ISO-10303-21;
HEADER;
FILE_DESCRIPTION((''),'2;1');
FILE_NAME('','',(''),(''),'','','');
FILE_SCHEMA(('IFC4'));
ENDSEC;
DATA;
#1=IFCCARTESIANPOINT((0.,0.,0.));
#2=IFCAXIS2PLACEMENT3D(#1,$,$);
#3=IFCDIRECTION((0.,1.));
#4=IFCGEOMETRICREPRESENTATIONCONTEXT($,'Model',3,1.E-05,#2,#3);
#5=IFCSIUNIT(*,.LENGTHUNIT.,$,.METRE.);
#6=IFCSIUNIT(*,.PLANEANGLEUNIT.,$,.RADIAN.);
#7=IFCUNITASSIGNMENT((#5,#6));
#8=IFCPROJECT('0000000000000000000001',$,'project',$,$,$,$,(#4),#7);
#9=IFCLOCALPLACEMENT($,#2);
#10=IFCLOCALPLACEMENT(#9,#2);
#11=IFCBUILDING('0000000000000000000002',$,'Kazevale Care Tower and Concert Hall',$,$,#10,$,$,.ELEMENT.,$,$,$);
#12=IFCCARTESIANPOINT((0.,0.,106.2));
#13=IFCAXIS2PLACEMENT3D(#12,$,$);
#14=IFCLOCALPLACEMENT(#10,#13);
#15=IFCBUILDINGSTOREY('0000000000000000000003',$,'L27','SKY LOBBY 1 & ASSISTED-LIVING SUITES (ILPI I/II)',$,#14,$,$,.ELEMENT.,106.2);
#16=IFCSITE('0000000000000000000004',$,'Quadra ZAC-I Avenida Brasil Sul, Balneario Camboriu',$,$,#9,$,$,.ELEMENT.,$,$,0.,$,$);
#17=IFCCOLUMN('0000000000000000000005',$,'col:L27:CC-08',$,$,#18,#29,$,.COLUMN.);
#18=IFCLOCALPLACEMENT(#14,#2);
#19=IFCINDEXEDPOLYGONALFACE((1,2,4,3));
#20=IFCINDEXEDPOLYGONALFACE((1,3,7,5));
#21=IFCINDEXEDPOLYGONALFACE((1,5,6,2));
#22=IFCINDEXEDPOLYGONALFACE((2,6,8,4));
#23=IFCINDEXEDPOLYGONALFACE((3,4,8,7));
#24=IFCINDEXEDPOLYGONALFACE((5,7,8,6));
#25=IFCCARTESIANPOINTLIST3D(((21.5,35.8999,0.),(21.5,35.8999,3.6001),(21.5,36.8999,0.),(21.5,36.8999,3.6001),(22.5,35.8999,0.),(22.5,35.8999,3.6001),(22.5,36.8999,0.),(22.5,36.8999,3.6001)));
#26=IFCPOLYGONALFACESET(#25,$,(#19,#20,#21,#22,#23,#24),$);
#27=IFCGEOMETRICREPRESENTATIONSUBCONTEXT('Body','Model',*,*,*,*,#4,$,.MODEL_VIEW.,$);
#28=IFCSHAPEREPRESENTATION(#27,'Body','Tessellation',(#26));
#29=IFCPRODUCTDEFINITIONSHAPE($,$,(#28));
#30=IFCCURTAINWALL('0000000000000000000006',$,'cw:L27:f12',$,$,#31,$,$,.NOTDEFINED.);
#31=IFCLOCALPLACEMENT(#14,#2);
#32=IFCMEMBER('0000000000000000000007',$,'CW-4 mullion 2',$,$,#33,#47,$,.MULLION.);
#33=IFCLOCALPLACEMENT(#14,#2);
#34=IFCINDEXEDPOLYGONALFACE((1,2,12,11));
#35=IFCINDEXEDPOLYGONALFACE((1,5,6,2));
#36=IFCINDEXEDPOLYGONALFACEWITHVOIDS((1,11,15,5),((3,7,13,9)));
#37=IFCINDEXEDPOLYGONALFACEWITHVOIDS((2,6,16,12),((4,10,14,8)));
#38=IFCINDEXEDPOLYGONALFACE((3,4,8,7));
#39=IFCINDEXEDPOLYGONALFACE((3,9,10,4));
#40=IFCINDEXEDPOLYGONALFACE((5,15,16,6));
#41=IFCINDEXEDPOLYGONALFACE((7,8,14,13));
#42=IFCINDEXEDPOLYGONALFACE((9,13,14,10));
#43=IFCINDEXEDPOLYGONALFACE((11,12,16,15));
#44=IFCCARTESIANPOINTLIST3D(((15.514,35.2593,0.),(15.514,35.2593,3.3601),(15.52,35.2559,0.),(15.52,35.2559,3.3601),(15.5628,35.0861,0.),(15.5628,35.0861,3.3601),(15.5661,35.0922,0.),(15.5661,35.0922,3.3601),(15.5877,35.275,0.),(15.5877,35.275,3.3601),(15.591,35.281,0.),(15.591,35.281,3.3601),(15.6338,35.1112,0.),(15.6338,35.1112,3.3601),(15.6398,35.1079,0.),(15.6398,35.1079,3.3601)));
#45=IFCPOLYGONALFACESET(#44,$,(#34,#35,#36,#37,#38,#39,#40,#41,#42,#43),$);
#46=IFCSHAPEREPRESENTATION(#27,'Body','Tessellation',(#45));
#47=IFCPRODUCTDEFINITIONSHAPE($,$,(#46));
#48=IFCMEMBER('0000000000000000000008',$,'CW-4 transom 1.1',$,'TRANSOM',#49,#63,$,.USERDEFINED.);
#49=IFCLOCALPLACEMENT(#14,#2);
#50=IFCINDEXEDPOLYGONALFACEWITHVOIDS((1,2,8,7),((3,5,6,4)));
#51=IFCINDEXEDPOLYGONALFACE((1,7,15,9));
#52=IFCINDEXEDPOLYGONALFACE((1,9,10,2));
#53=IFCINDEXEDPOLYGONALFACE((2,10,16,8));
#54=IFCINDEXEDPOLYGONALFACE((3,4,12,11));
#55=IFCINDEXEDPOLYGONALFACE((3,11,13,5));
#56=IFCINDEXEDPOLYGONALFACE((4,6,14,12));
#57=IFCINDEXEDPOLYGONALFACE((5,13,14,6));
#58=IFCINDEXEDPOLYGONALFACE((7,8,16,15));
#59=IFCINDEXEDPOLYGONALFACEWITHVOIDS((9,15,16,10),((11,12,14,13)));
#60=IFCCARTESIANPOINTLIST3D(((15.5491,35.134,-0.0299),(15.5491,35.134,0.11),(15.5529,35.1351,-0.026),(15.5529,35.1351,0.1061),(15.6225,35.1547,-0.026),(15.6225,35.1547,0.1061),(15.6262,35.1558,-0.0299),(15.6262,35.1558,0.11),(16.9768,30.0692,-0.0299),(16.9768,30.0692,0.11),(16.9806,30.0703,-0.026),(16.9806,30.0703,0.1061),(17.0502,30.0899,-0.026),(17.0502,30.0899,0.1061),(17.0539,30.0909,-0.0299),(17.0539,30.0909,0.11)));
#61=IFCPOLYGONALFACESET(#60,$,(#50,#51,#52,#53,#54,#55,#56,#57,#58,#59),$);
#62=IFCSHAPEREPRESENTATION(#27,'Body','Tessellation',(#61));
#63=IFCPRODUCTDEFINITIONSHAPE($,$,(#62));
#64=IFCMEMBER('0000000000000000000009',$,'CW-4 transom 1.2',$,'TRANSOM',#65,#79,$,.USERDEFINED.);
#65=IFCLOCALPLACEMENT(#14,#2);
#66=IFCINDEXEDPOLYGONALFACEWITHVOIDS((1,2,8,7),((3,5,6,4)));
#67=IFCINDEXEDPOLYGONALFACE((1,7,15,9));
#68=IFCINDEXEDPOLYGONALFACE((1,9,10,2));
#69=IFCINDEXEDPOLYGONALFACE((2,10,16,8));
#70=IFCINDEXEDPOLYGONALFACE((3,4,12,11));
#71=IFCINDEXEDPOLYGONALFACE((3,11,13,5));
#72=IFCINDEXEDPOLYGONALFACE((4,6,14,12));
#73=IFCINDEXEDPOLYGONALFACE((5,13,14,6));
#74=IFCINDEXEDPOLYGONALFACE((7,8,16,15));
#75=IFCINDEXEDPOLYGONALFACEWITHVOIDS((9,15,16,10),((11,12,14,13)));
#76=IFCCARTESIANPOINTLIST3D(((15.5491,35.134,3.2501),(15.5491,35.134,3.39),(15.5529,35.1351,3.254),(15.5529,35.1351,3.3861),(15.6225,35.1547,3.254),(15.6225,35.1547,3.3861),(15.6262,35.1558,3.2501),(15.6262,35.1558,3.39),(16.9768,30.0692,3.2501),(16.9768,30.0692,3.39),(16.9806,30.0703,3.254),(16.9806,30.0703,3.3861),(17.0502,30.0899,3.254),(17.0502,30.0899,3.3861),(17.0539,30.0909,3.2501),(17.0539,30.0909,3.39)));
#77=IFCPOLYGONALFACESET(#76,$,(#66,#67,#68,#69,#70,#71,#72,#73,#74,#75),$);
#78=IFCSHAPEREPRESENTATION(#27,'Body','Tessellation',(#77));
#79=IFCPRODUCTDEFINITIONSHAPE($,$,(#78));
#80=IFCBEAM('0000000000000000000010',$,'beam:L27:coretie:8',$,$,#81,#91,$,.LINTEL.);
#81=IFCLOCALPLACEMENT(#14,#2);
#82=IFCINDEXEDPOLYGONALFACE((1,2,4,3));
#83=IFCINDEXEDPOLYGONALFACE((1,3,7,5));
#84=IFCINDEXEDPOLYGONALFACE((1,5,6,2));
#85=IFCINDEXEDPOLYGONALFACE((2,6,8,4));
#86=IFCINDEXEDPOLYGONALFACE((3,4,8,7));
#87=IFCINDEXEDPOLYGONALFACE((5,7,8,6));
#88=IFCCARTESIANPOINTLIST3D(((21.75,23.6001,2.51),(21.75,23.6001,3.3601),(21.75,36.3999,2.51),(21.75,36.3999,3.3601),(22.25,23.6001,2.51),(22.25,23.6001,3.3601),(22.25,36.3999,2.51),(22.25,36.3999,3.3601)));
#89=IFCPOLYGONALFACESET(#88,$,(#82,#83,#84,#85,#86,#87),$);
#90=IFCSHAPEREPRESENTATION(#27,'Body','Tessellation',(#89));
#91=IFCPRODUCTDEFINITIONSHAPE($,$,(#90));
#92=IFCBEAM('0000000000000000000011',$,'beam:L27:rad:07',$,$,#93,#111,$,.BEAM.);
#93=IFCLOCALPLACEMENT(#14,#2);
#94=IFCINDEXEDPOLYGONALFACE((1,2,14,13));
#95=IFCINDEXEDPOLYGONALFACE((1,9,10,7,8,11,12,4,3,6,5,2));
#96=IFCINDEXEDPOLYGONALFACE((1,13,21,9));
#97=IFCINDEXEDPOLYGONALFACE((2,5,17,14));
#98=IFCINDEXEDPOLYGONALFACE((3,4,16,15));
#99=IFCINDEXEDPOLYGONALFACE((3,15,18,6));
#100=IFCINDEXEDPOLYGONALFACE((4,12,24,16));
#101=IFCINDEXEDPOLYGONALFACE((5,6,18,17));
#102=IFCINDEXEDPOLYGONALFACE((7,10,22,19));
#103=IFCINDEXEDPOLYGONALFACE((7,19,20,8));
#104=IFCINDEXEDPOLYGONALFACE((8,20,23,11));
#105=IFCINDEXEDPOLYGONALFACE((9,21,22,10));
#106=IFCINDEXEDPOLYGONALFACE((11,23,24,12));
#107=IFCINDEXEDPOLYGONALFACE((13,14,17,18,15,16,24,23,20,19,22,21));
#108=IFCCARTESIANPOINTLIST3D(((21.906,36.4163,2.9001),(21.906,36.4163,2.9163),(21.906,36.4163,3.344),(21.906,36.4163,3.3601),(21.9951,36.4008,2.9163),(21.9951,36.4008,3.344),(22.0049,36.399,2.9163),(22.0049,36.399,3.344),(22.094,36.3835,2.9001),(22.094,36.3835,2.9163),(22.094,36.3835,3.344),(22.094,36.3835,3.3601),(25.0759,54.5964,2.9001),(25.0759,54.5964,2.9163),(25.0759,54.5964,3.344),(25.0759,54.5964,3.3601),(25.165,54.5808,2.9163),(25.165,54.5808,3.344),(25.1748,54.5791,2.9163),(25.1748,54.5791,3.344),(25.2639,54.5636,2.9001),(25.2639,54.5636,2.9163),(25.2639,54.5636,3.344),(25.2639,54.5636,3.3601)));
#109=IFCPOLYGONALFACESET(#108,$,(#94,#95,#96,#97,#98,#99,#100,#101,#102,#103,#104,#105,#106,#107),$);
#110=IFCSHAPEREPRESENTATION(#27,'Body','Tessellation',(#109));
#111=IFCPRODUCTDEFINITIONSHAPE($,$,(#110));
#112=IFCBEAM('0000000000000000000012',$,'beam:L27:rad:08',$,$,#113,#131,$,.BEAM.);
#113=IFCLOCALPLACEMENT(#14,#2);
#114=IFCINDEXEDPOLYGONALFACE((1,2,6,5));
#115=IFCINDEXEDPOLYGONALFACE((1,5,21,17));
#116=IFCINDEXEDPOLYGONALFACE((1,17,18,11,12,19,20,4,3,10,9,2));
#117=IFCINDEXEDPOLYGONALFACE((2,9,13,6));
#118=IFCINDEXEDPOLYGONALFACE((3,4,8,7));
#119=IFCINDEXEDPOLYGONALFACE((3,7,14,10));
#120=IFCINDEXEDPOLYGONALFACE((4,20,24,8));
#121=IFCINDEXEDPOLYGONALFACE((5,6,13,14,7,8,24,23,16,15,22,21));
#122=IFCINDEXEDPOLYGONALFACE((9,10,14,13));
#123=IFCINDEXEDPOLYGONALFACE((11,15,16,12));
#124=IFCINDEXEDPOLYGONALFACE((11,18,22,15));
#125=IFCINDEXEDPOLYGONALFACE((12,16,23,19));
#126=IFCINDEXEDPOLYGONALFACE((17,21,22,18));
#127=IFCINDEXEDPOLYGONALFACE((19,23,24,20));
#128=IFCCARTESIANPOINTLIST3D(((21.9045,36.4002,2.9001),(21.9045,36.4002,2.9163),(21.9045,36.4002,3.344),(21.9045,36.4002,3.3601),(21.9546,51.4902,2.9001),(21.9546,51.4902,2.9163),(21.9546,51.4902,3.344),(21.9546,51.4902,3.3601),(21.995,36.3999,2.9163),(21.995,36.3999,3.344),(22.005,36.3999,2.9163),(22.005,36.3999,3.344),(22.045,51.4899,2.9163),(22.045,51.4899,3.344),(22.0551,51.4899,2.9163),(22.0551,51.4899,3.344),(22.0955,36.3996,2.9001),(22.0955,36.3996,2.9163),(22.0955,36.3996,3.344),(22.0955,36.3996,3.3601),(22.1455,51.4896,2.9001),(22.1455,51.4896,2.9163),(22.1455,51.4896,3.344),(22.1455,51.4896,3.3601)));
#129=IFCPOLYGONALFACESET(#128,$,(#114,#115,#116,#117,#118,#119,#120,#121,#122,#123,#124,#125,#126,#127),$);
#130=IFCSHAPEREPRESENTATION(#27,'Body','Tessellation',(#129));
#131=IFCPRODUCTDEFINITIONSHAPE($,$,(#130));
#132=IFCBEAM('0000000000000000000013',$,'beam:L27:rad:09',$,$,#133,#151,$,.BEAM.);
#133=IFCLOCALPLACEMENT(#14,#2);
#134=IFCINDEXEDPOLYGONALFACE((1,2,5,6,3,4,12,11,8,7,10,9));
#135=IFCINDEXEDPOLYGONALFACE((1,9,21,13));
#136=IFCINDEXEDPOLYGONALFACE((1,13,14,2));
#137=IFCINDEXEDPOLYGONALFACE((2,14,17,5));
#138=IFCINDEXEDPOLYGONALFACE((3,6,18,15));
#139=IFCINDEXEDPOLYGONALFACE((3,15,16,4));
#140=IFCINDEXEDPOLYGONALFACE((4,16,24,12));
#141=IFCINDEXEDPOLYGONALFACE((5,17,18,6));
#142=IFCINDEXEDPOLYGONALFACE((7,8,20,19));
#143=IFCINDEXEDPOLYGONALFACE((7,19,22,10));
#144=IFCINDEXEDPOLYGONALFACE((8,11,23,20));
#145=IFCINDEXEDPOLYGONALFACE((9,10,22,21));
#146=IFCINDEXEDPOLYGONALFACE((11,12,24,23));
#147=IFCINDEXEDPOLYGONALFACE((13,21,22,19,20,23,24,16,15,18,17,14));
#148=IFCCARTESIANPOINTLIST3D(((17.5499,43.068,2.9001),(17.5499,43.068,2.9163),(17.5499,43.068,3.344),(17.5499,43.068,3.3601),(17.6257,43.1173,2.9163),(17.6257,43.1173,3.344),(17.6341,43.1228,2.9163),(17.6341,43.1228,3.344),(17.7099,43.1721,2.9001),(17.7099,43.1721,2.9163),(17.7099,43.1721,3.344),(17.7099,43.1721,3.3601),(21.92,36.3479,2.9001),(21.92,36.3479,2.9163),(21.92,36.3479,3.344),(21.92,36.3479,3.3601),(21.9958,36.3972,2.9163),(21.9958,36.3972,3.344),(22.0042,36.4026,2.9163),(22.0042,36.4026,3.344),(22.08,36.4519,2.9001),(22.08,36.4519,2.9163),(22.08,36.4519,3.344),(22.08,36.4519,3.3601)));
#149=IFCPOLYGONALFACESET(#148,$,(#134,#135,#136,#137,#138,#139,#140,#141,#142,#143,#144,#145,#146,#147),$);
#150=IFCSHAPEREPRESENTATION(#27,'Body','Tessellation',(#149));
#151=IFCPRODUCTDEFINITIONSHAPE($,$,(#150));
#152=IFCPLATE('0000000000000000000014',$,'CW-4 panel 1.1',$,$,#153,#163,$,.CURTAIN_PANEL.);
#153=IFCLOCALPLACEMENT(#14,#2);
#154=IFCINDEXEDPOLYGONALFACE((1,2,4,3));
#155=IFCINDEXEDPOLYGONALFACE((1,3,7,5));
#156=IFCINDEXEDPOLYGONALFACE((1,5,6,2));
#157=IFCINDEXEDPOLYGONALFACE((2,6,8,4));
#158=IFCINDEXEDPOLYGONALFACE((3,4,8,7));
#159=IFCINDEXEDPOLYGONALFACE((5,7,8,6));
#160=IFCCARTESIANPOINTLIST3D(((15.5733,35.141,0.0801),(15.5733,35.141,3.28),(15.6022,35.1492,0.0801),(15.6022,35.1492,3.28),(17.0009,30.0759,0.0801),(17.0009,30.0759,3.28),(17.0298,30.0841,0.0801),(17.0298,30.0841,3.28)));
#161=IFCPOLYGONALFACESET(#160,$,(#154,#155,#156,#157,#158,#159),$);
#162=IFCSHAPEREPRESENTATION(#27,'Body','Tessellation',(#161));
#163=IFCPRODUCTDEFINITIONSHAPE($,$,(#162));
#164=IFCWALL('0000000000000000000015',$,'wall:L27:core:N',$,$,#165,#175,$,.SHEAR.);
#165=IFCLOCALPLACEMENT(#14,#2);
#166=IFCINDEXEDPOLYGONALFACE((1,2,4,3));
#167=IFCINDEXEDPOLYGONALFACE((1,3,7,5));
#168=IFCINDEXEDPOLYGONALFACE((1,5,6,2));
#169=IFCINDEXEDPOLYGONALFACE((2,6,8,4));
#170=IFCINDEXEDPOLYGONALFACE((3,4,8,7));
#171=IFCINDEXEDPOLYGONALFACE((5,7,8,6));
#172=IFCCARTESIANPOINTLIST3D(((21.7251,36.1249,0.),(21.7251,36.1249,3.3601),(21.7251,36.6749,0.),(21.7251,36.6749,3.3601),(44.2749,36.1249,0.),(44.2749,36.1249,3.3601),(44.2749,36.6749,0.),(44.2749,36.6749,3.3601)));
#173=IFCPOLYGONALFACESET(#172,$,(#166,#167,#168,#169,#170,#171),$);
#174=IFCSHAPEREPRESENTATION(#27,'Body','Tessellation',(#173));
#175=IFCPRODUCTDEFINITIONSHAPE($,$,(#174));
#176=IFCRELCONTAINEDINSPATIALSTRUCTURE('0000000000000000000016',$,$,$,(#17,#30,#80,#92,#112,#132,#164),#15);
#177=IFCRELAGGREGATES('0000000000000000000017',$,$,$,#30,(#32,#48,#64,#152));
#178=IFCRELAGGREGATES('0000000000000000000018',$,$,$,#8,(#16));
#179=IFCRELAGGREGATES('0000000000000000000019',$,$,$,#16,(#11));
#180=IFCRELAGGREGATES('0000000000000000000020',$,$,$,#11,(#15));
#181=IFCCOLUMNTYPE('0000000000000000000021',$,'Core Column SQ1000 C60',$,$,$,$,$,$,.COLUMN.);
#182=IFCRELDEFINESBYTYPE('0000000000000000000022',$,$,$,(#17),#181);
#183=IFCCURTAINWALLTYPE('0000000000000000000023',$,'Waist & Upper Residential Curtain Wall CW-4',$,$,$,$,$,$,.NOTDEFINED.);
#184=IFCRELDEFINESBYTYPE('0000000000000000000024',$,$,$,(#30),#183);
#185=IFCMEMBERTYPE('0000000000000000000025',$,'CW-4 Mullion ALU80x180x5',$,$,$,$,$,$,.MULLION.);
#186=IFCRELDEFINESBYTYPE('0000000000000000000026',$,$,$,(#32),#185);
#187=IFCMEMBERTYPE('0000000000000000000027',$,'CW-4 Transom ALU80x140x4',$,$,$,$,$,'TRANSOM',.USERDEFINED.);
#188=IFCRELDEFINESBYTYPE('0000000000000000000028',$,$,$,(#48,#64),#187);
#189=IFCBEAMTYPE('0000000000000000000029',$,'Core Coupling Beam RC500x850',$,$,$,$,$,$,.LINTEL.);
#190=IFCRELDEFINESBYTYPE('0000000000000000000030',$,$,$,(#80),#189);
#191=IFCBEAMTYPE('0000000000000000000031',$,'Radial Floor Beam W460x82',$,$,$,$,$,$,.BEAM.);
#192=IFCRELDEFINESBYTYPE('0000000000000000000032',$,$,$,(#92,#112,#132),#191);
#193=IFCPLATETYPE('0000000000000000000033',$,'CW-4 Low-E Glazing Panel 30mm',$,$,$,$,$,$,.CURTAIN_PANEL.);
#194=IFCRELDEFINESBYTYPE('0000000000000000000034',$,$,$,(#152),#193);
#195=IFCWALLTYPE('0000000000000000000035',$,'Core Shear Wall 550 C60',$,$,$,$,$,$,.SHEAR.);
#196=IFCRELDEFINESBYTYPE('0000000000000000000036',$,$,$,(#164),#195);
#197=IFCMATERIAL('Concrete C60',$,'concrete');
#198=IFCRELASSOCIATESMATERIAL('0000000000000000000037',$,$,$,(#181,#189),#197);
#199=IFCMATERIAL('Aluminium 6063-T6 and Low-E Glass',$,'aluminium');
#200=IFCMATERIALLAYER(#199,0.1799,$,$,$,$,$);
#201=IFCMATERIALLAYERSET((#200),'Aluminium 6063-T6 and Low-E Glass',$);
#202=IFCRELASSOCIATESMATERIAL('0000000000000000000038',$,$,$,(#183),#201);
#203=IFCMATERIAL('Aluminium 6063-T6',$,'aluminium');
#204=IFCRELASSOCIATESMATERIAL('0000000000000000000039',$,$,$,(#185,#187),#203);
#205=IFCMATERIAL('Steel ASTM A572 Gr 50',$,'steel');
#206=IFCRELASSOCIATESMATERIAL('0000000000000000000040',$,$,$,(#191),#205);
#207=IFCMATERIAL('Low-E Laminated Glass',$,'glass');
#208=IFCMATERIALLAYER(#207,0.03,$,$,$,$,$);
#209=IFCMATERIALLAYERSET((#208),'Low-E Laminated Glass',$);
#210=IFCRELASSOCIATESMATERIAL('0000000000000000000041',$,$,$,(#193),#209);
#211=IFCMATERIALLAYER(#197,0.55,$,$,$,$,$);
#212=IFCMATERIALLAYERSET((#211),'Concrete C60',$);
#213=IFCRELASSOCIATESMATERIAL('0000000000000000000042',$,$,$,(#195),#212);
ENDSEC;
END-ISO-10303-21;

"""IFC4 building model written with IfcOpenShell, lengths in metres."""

from ifc_helpers import new_model, si_unit, direction, frame, frame_2d, origin, origin_2d, place, context, subcontext, project, spatial, rectangle, hollow_rectangle, i_section, extrude, material, layer, layer_set, material_profile, profile_set, type_object, element, aggregate, save


model = new_model("IFC4")

# Units and contexts
model_context = context("Model", 3, precision=1e-05, world=origin(), true_north=direction((0.0, 1.0)))
body_context = subcontext(model_context, "Body", "Model", "MODEL_VIEW")
ifc_project = project(units=[si_unit("LENGTHUNIT", "METRE"), si_unit("PLANEANGLEUNIT", "RADIAN")], contexts=[model_context])

# Site, building, storey
site_placement = place(None, origin())
site = spatial("IfcSite", under=ifc_project, at=site_placement, Name="Quadra ZAC-I Avenida Brasil Sul, Balneario Camboriu", CompositionType="ELEMENT", RefElevation=0.0)
building_placement = place(site_placement, origin())
building = spatial("IfcBuilding", under=site, at=building_placement, Name="Kazevale Care Tower and Concert Hall", CompositionType="ELEMENT")
storey_placement = place(building_placement, frame((0.0, 0.0, 106.2)))
storey = spatial("IfcBuildingStorey", under=building, at=storey_placement, Name="L27", Description="SKY LOBBY 1 & ASSISTED-LIVING SUITES (ILPI I/II)", CompositionType="ELEMENT", Elevation=106.2)

# Column
ifc_material_1 = material(Name="Concrete C60", Category="concrete")
ifc_material_profile_1 = material_profile(ifc_material_1, rectangle(XDim=1.0, YDim=1.0, at=origin_2d()), Name="RC-SQ1000")
ifc_profile_set_1 = profile_set([ifc_material_profile_1], Name="Concrete C60")
column_type = type_object("IfcColumnType", Name="Core Column SQ1000 C60", PredefinedType="COLUMN", material=ifc_profile_set_1)
column_placement = place(storey_placement, frame((22.0, 36.3999, 0.0), z_axis=(0.0, 0.0, 1.0), x_axis=(1.0, 0.0, 0.0)))
element("IfcColumn", 1, at=column_placement, inside=storey, type_object=column_type, Name="col:L27:CC-08", PredefinedType="COLUMN", context=body_context, shape_type="SweptSolid", body=[
    extrude(rectangle(XDim=1.0, YDim=1.0, at=origin_2d()), origin(), (0.0, 0.0, 1.0), 3.6001),
])

# Curtain wall, members
ifc_material_2 = material(Name="Aluminium 6063-T6 and Low-E Glass", Category="aluminium")
ifc_layer_1 = layer(ifc_material_2, 0.1799)
ifc_layer_set_1 = layer_set([ifc_layer_1], Name="Aluminium 6063-T6 and Low-E Glass")
curtain_wall_type = type_object("IfcCurtainWallType", Name="Waist & Upper Residential Curtain Wall CW-4", PredefinedType="NOTDEFINED", material=ifc_layer_set_1)
curtain_wall_placement = place(storey_placement, origin())
curtain_wall = element("IfcCurtainWall", 2, at=curtain_wall_placement, inside=storey, type_object=curtain_wall_type, Name="cw:L27:f12", PredefinedType="NOTDEFINED")
ifc_material_3 = material(Name="Aluminium 6063-T6", Category="aluminium")
ifc_material_profile_2 = material_profile(ifc_material_3, hollow_rectangle(XDim=0.0801, YDim=0.1799, WallThickness=0.0049, at=origin_2d()), Name="ALU80x180x5")
ifc_profile_set_2 = profile_set([ifc_material_profile_2], Name="Aluminium 6063-T6")
member_type_1 = type_object("IfcMemberType", Name="CW-4 Mullion ALU80x180x5", PredefinedType="MULLION", material=ifc_profile_set_2)
member_1_placement = place(storey_placement, frame((15.5769, 35.1836, 0.0), z_axis=(0.0, 0.0, 1.0), x_axis=(-0.962499, -0.271285, 0.0)))
member_1 = element("IfcMember", 3, at=member_1_placement, type_object=member_type_1, Name="CW-4 mullion 2", PredefinedType="MULLION", context=body_context, shape_type="SweptSolid", body=[
    extrude(hollow_rectangle(XDim=0.0801, YDim=0.1799, WallThickness=0.0049, at=origin_2d()), origin(), (0.0, 0.0, 1.0), 3.3601),
])
ifc_material_profile_3 = material_profile(ifc_material_3, hollow_rectangle(XDim=0.0801, YDim=0.1399, WallThickness=0.0039, at=origin_2d()), Name="ALU80x140x4")
ifc_profile_set_3 = profile_set([ifc_material_profile_3], Name="Aluminium 6063-T6")
member_type_2 = type_object("IfcMemberType", Name="CW-4 Transom ALU80x140x4", ElementType="TRANSOM", PredefinedType="USERDEFINED", material=ifc_profile_set_3)
member_2_placement = place(storey_placement, frame((17.0154, 30.0801, 0.04), z_axis=(-0.271313, 0.962491, 0.0), x_axis=(-0.962491, -0.271313, 0.0)))
member_2 = element("IfcMember", 4, at=member_2_placement, type_object=member_type_2, Name="CW-4 transom 1.1", ObjectType="TRANSOM", PredefinedType="USERDEFINED", context=body_context, shape_type="SweptSolid", body=[
    extrude(hollow_rectangle(XDim=0.0801, YDim=0.1399, WallThickness=0.0039, at=origin_2d()), origin(), (0.0, 0.0, 1.0), 5.2622),
])
member_3_placement = place(storey_placement, frame((17.0154, 30.0801, 3.3201), z_axis=(-0.271313, 0.962491, 0.0), x_axis=(-0.962491, -0.271313, 0.0)))
member_3 = element("IfcMember", 5, at=member_3_placement, type_object=member_type_2, Name="CW-4 transom 1.2", ObjectType="TRANSOM", PredefinedType="USERDEFINED", context=body_context, shape_type="SweptSolid", body=[
    extrude(hollow_rectangle(XDim=0.0801, YDim=0.1399, WallThickness=0.0039, at=origin_2d()), origin(), (0.0, 0.0, 1.0), 5.2622),
])

# Beams
ifc_material_profile_4 = material_profile(ifc_material_1, rectangle(XDim=0.5, YDim=0.8501, at=origin_2d()), Name="RC-B500x850")
ifc_profile_set_4 = profile_set([ifc_material_profile_4], Name="Concrete C60")
beam_type_1 = type_object("IfcBeamType", Name="Core Coupling Beam RC500x850", PredefinedType="LINTEL", material=ifc_profile_set_4)
beam_1_placement = place(storey_placement, frame((22.0, 36.3999, 2.9351), z_axis=(0.0, -1.0, 0.0), x_axis=(1.0, 0.0, 0.0)))
element("IfcBeam", 6, at=beam_1_placement, inside=storey, type_object=beam_type_1, Name="beam:L27:coretie:8", PredefinedType="LINTEL", context=body_context, shape_type="SweptSolid", body=[
    extrude(rectangle(XDim=0.5, YDim=0.8501, at=origin_2d()), origin(), (0.0, 0.0, 1.0), 12.7998),
])
ifc_material_4 = material(Name="Steel ASTM A572 Gr 50", Category="steel")
ifc_material_profile_5 = material_profile(ifc_material_4, i_section(OverallWidth=0.1909, OverallDepth=0.46, WebThickness=0.01, FlangeThickness=0.0161, at=origin_2d()), Name="W460x82")
ifc_profile_set_5 = profile_set([ifc_material_profile_5], Name="Steel ASTM A572 Gr 50")
beam_type_2 = type_object("IfcBeamType", Name="Radial Floor Beam W460x82", PredefinedType="BEAM", material=ifc_profile_set_5)
beam_2_placement = place(storey_placement, frame((22.0, 36.3999, 3.1301), z_axis=(0.17177, 0.985137, 0.0), x_axis=(-0.985137, 0.17177, 0.0)))
element("IfcBeam", 7, at=beam_2_placement, inside=storey, type_object=beam_type_2, Name="beam:L27:rad:07", PredefinedType="BEAM", context=body_context, shape_type="SweptSolid", body=[
    extrude(i_section(OverallWidth=0.1909, OverallDepth=0.46, WebThickness=0.01, FlangeThickness=0.0161, at=origin_2d()), origin(), (0.0, 0.0, 1.0), 18.4543),
])
beam_3_placement = place(storey_placement, frame((22.0, 36.3999, 3.1301), z_axis=(0.003317, 0.999994, 0.0), x_axis=(-0.999994, 0.003317, 0.0)))
element("IfcBeam", 8, at=beam_3_placement, inside=storey, type_object=beam_type_2, Name="beam:L27:rad:08", PredefinedType="BEAM", context=body_context, shape_type="SweptSolid", body=[
    extrude(i_section(OverallWidth=0.1909, OverallDepth=0.46, WebThickness=0.01, FlangeThickness=0.0161, at=origin_2d()), origin(), (0.0, 0.0, 1.0), 15.0901),
])
beam_4_placement = place(storey_placement, frame((22.0, 36.3999, 3.1301), z_axis=(-0.545162, 0.838331, 0.0), x_axis=(-0.838331, -0.545162, 0.0)))
element("IfcBeam", 9, at=beam_4_placement, inside=storey, type_object=beam_type_2, Name="beam:L27:rad:09", PredefinedType="BEAM", context=body_context, shape_type="SweptSolid", body=[
    extrude(i_section(OverallWidth=0.1909, OverallDepth=0.46, WebThickness=0.01, FlangeThickness=0.0161, at=origin_2d()), origin(), (0.0, 0.0, 1.0), 8.0161),
])

# Plate
ifc_material_5 = material(Name="Low-E Laminated Glass", Category="glass")
ifc_layer_2 = layer(ifc_material_5, 0.03)
ifc_layer_set_2 = layer_set([ifc_layer_2], Name="Low-E Laminated Glass")
plate_type = type_object("IfcPlateType", Name="CW-4 Low-E Glazing Panel 30mm", PredefinedType="CURTAIN_PANEL", material=ifc_layer_set_2)
plate_placement = place(storey_placement, frame((16.3015, 32.6125, 0.0801), z_axis=(0.0, 0.0, 1.0), x_axis=(-0.271285, 0.962499, 0.0)))
plate = element("IfcPlate", 10, at=plate_placement, type_object=plate_type, Name="CW-4 panel 1.1", PredefinedType="CURTAIN_PANEL", context=body_context, shape_type="SweptSolid", body=[
    extrude(rectangle(XDim=5.2625, YDim=0.03, at=origin_2d()), origin(), (0.0, 0.0, 1.0), 3.2),
])
aggregate(curtain_wall, [member_1, member_2, member_3, plate])

# Wall
ifc_layer_3 = layer(ifc_material_1, 0.55)
ifc_layer_set_3 = layer_set([ifc_layer_3], Name="Concrete C60")
wall_type_1 = type_object("IfcWallType", Name="Core Shear Wall 550 C60", PredefinedType="SHEAR", material=ifc_layer_set_3)
wall_1_placement = place(storey_placement, frame((21.7251, 36.3999, 0.0), z_axis=(0.0, 0.0, 1.0), x_axis=(1.0, 0.0, 0.0)))
element("IfcWall", 11, at=wall_1_placement, inside=storey, type_object=wall_type_1, Name="wall:L27:core:N", PredefinedType="SHEAR", context=body_context, shape_type="SweptSolid", body=[
    extrude(rectangle(XDim=22.5498, YDim=0.55, at=frame_2d((11.2749, 0.0))), origin(), (0.0, 0.0, 1.0), 3.3601),
])

save(model, "model.ifc")
